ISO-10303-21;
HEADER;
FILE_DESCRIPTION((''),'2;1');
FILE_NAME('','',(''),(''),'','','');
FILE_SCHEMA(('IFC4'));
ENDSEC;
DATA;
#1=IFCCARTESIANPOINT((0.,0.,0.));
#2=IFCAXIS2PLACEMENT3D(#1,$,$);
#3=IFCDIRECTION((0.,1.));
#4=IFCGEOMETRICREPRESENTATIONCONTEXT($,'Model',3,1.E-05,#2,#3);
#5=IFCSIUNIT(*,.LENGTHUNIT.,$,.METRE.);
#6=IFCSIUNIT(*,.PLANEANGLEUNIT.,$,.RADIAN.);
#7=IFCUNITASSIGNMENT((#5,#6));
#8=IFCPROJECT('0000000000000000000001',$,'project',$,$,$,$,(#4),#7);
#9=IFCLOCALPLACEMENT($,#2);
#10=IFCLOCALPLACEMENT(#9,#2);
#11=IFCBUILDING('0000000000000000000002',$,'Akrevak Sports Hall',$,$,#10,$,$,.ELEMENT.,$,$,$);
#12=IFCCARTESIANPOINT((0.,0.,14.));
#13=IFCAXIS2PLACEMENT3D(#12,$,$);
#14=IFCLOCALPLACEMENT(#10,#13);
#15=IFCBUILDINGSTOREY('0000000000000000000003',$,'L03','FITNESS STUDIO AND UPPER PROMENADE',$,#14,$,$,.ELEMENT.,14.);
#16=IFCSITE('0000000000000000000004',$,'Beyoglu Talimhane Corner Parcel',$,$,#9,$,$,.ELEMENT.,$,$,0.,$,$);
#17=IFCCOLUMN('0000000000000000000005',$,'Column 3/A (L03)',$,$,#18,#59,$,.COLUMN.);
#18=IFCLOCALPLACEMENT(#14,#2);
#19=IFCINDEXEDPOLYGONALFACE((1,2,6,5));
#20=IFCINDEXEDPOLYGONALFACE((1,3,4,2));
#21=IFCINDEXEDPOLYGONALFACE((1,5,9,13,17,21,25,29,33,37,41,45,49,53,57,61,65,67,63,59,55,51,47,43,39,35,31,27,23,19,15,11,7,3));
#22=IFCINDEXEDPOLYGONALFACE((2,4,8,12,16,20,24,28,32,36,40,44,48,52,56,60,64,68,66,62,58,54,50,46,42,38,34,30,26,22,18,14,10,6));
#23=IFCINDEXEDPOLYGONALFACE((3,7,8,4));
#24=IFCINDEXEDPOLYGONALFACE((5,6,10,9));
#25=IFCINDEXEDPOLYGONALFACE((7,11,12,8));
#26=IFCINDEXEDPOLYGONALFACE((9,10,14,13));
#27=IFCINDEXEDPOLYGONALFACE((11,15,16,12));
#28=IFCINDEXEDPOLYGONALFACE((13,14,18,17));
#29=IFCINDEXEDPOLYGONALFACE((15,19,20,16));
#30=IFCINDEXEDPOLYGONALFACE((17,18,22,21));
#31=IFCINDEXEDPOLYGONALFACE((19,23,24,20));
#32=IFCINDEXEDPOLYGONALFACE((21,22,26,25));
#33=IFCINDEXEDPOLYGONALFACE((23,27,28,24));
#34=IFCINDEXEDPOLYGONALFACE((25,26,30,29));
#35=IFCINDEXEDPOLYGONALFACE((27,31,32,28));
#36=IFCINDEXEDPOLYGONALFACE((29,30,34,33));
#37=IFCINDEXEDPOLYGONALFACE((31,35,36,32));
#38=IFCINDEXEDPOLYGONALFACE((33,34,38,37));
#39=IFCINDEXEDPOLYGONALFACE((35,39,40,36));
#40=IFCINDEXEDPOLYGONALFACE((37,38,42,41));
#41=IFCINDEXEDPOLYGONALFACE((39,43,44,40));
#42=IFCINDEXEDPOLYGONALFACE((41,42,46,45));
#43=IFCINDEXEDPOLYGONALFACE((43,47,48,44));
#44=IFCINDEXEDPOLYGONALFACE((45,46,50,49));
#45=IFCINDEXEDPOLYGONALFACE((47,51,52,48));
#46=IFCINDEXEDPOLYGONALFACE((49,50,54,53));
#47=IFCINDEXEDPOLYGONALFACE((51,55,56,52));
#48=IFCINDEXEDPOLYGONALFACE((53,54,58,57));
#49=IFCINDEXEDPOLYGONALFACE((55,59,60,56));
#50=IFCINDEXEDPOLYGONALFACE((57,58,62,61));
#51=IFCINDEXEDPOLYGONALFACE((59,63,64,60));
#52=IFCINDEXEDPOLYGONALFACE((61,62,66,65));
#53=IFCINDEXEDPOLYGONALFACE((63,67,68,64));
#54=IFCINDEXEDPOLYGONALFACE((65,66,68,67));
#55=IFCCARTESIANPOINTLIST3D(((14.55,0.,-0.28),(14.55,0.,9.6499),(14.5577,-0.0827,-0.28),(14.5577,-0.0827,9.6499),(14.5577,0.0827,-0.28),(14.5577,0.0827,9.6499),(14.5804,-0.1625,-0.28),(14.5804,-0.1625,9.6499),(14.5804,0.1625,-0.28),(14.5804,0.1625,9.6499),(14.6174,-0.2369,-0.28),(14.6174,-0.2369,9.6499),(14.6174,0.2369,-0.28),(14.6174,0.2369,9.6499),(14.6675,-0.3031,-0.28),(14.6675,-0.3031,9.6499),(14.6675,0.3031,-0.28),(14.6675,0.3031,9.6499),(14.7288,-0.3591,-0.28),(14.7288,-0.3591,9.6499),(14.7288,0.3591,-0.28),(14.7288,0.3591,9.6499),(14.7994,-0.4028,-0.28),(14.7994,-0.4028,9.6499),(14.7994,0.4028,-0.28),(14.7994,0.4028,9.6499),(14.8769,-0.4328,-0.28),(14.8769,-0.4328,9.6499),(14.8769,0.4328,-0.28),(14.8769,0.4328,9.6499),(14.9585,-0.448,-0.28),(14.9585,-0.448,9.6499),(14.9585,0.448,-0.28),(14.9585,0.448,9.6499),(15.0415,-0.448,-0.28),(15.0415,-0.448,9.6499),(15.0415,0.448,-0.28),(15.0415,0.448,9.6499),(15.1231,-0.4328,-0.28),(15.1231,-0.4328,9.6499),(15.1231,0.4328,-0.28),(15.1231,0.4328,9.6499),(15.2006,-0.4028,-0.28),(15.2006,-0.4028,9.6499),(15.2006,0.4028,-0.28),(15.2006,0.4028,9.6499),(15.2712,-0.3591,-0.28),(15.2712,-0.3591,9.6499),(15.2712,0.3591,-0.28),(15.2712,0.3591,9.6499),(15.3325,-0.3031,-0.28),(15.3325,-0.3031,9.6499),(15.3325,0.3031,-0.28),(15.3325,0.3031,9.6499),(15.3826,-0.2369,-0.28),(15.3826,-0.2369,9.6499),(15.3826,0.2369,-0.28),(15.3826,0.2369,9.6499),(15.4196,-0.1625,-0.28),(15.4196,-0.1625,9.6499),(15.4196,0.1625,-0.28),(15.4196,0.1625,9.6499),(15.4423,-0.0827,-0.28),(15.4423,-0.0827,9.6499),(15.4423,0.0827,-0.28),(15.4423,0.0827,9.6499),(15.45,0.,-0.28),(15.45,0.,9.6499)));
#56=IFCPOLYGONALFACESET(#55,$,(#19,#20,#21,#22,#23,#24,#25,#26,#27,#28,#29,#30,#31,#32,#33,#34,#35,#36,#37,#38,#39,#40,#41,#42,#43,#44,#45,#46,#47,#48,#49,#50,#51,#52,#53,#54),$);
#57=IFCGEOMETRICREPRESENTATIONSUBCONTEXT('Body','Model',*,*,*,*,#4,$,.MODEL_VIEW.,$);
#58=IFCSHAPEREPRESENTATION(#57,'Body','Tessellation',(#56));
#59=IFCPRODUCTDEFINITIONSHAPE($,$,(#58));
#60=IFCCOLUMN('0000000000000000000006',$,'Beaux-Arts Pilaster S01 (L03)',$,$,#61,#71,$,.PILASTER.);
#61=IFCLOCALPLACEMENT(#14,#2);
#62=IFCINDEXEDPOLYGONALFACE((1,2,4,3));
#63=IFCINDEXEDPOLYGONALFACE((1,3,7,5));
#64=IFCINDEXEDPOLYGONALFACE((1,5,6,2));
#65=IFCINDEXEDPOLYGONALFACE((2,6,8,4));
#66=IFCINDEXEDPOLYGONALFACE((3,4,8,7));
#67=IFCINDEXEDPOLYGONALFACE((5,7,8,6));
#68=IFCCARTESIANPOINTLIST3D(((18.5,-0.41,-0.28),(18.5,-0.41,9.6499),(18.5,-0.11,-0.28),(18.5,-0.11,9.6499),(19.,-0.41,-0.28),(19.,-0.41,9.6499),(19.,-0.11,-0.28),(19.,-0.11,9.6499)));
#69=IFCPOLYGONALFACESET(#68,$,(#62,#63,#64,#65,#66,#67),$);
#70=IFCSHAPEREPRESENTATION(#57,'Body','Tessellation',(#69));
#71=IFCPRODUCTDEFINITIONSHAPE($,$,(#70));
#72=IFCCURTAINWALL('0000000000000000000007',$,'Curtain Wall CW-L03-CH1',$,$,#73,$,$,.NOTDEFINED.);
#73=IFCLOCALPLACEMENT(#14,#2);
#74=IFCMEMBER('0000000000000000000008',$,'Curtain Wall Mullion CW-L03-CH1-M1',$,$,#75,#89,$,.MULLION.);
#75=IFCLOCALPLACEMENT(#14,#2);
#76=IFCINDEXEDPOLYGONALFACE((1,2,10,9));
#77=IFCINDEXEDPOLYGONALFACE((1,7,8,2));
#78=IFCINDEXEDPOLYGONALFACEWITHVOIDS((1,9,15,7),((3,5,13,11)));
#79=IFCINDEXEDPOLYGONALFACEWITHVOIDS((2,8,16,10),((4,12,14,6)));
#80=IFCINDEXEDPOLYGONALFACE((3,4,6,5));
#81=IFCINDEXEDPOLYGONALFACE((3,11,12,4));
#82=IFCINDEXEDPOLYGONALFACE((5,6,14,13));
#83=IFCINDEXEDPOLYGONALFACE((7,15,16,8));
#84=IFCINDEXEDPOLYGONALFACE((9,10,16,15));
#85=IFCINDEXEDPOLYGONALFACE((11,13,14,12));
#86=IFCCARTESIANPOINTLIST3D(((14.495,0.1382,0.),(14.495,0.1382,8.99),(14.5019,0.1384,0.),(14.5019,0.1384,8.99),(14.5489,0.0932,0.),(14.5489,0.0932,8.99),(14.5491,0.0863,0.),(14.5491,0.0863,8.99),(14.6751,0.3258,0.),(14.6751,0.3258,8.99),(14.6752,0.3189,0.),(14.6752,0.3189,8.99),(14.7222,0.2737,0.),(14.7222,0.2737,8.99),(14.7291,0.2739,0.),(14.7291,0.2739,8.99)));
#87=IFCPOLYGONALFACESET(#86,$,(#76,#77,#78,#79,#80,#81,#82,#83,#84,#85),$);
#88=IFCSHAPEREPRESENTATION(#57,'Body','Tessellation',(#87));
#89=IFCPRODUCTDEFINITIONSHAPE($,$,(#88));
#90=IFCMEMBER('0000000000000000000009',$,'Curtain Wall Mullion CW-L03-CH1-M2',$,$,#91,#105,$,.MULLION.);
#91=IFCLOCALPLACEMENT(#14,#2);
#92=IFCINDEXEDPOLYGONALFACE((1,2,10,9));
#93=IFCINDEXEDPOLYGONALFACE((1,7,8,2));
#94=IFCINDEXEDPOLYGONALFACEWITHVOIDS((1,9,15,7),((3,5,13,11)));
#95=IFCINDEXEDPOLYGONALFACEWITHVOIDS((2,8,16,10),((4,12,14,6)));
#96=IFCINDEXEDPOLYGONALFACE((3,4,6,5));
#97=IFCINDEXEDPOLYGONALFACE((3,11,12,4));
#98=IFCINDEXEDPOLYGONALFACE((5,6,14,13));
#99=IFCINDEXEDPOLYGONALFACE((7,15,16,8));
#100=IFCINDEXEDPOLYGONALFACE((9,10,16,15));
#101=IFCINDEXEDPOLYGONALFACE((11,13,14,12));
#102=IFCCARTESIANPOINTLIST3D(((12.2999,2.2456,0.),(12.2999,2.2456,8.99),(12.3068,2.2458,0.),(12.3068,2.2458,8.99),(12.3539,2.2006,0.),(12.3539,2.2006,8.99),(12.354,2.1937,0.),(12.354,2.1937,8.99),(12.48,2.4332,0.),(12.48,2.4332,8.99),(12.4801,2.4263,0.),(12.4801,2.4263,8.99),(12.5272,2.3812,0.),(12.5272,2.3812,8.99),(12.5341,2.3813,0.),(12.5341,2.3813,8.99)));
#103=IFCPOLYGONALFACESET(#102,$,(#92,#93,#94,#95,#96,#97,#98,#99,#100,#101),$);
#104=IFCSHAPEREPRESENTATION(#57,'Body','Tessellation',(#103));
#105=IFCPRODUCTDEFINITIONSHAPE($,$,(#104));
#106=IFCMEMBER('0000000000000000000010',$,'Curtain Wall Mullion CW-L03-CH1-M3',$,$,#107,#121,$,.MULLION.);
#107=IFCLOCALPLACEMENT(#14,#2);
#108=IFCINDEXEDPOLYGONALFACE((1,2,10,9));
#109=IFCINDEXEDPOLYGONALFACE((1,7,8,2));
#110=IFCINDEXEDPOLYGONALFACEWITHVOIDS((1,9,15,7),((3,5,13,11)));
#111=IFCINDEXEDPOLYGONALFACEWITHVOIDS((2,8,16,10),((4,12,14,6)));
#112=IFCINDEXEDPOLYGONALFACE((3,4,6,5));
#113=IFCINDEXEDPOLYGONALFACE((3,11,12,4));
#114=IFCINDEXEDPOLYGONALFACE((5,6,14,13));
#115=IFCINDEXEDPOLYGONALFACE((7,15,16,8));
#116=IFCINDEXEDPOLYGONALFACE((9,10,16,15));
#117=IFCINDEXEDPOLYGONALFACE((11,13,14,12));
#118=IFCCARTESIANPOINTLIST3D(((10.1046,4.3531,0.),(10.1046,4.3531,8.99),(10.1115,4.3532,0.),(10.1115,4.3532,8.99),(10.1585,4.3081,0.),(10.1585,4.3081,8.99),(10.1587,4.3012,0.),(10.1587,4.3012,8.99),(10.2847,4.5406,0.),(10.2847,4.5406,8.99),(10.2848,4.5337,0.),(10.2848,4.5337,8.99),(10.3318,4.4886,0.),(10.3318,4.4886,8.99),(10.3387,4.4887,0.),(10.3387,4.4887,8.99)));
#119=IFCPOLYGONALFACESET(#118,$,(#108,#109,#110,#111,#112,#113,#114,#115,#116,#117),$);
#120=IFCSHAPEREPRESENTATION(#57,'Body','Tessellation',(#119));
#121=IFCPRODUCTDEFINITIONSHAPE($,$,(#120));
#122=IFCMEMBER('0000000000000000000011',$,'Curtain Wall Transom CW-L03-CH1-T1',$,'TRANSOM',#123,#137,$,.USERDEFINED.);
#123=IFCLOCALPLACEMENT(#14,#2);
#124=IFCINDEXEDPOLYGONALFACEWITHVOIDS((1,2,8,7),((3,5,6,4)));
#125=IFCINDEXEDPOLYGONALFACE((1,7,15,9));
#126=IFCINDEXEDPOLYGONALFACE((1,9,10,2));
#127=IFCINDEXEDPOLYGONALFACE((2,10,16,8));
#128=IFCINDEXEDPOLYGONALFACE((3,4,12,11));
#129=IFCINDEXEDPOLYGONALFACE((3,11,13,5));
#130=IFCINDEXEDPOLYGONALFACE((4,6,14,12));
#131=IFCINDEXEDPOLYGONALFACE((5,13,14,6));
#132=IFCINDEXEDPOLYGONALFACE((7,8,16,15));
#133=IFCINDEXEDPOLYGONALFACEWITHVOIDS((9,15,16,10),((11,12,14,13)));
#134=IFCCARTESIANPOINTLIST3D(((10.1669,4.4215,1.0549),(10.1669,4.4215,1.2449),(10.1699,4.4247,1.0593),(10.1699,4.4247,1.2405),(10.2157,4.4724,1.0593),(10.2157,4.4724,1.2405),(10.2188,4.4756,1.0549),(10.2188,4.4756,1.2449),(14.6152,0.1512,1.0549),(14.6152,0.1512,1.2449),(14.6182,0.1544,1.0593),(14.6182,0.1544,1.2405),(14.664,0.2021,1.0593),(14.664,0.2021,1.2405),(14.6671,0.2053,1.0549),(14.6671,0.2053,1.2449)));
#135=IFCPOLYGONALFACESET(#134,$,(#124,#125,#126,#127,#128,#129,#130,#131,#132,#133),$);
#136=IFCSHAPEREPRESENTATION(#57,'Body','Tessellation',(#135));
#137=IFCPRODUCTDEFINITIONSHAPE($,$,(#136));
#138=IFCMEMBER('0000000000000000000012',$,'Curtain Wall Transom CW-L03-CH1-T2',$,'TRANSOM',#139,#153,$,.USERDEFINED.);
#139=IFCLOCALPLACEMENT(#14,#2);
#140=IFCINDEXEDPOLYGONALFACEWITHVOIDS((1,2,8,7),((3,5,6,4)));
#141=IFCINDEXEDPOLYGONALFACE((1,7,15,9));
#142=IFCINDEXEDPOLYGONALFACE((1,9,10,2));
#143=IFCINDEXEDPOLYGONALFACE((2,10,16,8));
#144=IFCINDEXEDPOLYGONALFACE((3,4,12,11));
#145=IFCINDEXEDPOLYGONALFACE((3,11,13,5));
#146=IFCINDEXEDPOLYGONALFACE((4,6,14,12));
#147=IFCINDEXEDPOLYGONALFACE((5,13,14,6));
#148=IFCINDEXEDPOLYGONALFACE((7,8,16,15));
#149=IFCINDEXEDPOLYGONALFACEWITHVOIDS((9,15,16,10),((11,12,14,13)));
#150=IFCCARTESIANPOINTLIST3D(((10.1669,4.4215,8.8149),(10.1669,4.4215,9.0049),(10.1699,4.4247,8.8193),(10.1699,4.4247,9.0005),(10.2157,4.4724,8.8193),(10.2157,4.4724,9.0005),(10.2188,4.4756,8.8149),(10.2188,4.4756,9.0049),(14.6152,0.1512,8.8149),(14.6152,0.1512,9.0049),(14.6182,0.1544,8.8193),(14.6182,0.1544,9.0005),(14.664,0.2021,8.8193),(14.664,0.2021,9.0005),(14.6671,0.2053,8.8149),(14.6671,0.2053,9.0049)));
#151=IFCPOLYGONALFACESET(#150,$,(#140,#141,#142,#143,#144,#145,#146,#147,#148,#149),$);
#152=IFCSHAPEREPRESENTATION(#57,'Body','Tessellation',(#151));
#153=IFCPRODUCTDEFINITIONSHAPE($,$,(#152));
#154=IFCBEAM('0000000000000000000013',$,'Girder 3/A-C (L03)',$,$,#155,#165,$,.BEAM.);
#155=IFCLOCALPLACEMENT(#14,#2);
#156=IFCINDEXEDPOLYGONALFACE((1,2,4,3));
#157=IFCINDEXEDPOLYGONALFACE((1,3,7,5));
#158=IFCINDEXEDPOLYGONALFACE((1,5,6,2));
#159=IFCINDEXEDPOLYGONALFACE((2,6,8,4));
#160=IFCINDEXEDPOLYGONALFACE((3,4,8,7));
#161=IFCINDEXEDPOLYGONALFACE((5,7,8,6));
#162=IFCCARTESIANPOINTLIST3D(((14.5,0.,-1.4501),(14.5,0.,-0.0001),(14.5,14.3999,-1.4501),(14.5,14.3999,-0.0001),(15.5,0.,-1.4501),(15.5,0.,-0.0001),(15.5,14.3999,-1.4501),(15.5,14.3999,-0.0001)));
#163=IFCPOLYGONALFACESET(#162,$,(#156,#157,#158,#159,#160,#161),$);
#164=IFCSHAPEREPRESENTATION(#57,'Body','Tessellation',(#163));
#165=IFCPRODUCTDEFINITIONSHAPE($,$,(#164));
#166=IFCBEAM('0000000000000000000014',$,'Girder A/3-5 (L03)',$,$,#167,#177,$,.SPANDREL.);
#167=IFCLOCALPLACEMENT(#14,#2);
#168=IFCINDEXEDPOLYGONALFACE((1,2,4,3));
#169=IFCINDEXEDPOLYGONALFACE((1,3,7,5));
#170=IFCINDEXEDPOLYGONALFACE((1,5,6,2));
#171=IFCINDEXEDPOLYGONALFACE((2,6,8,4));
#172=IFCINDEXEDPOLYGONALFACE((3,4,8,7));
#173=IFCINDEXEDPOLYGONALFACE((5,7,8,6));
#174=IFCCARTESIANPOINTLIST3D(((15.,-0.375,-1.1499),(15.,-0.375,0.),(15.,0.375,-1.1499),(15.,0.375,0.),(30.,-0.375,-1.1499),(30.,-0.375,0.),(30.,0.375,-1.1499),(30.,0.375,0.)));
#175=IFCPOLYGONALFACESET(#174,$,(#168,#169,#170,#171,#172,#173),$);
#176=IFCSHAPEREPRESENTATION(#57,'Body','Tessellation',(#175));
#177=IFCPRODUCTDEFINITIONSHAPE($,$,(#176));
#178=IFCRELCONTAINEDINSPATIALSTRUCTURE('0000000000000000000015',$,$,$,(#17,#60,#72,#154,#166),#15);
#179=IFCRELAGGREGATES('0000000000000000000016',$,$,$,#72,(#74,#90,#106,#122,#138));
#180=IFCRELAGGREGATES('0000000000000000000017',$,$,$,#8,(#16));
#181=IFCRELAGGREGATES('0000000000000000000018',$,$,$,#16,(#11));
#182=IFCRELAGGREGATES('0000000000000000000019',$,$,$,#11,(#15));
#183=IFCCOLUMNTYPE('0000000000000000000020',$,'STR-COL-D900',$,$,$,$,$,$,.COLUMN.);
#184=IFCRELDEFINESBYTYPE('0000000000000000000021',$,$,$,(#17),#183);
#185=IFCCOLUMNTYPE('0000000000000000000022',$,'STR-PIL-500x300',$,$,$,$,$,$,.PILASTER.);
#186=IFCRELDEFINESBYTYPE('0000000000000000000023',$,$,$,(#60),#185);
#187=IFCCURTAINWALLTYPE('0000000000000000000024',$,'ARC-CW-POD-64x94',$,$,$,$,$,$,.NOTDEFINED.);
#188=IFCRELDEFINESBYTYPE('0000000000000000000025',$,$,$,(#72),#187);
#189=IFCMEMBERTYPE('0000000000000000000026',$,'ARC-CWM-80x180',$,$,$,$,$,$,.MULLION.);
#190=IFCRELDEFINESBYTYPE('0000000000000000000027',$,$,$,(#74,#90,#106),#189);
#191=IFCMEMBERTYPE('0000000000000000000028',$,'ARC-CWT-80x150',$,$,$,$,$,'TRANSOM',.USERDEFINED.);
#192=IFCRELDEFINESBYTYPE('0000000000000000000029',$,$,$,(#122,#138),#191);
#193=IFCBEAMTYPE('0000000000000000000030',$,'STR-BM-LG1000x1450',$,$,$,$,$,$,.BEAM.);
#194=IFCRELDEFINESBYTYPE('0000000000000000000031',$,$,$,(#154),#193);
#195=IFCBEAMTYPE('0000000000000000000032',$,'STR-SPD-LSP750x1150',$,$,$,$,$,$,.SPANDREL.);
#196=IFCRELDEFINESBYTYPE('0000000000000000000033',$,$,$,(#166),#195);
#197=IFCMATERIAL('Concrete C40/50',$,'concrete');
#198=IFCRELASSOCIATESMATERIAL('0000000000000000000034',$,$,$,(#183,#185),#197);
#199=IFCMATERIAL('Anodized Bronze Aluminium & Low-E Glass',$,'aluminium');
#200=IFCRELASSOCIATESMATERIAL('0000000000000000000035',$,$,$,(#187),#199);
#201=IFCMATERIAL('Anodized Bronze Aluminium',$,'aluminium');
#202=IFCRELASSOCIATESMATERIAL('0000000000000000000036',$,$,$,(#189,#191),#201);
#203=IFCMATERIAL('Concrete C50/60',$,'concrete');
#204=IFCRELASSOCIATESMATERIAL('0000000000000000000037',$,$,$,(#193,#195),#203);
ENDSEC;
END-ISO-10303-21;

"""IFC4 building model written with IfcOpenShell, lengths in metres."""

from ifc_helpers import new_model, si_unit, direction, frame, origin, origin_2d, place, context, subcontext, project, spatial, rectangle, hollow_rectangle, circle, extrude, material, material_profile, profile_set, type_object, element, aggregate, save


model = new_model("IFC4")

# Units and contexts
model_context = context("Model", 3, precision=1e-05, world=origin(), true_north=direction((0.0, 1.0)))
body_context = subcontext(model_context, "Body", "Model", "MODEL_VIEW")
ifc_project = project(units=[si_unit("LENGTHUNIT", "METRE"), si_unit("PLANEANGLEUNIT", "RADIAN")], contexts=[model_context])

# Site, building, storey
site_placement = place(None, origin())
site = spatial("IfcSite", under=ifc_project, at=site_placement, Name="Beyoglu Talimhane Corner Parcel", CompositionType="ELEMENT", RefElevation=0.0)
building_placement = place(site_placement, origin())
building = spatial("IfcBuilding", under=site, at=building_placement, Name="Akrevak Sports Hall", CompositionType="ELEMENT")
storey_placement = place(building_placement, frame((0.0, 0.0, 14.0)))
storey = spatial("IfcBuildingStorey", under=building, at=storey_placement, Name="L03", Description="FITNESS STUDIO AND UPPER PROMENADE", CompositionType="ELEMENT", Elevation=14.0)

# Columns
ifc_material_1 = material(Name="Concrete C40/50", Category="concrete")
ifc_material_profile_1 = material_profile(ifc_material_1, circle(Radius=0.45, at=origin_2d()), Name="COL D900", Category="concrete")
ifc_profile_set_1 = profile_set([ifc_material_profile_1], Name="Concrete C40/50")
column_type_1 = type_object("IfcColumnType", Name="STR-COL-D900", PredefinedType="COLUMN", material=ifc_profile_set_1)
column_1_placement = place(storey_placement, frame((15.0, 0.0, -0.28), z_axis=(0.0, 0.0, 1.0), x_axis=(1.0, 0.0, 0.0)))
element("IfcColumn", 1, at=column_1_placement, inside=storey, type_object=column_type_1, Name="Column 3/A (L03)", PredefinedType="COLUMN", context=body_context, shape_type="SweptSolid", body=[
    extrude(circle(Radius=0.45, at=origin_2d()), origin(), (0.0, 0.0, 1.0), 9.9299),
])
ifc_material_profile_2 = material_profile(ifc_material_1, rectangle(XDim=0.5, YDim=0.3, at=origin_2d()), Name="PIL 500x300", Category="concrete")
ifc_profile_set_2 = profile_set([ifc_material_profile_2], Name="Concrete C40/50")
column_type_2 = type_object("IfcColumnType", Name="STR-PIL-500x300", PredefinedType="PILASTER", material=ifc_profile_set_2)
column_2_placement = place(storey_placement, frame((18.75, -0.26, -0.28), z_axis=(0.0, 0.0, 1.0), x_axis=(1.0, 0.0, 0.0)))
element("IfcColumn", 2, at=column_2_placement, inside=storey, type_object=column_type_2, Name="Beaux-Arts Pilaster S01 (L03)", PredefinedType="PILASTER", context=body_context, shape_type="SweptSolid", body=[
    extrude(rectangle(XDim=0.5, YDim=0.3, at=origin_2d()), origin(), (0.0, 0.0, 1.0), 9.9299),
])

# Curtain wall, members
ifc_material_2 = material(Name="Anodized Bronze Aluminium & Low-E Glass", Category="aluminium")
curtain_wall_type = type_object("IfcCurtainWallType", Name="ARC-CW-POD-64x94", PredefinedType="NOTDEFINED", material=ifc_material_2)
curtain_wall_placement = place(storey_placement, origin())
curtain_wall = element("IfcCurtainWall", 3, at=curtain_wall_placement, inside=storey, type_object=curtain_wall_type, Name="Curtain Wall CW-L03-CH1", PredefinedType="NOTDEFINED")
ifc_material_3 = material(Name="Anodized Bronze Aluminium", Category="aluminium")
ifc_material_profile_3 = material_profile(ifc_material_3, hollow_rectangle(XDim=0.075, YDim=0.26, WallThickness=0.0049, at=origin_2d()), Name="CWM 75x260", Category="aluminium")
ifc_profile_set_3 = profile_set([ifc_material_profile_3], Name="Anodized Bronze Aluminium")
member_type_1 = type_object("IfcMemberType", Name="ARC-CWM-80x180", PredefinedType="MULLION", material=ifc_profile_set_3)
member_1_placement = place(storey_placement, frame((14.6121, 0.2061, 0.0), z_axis=(0.0, 0.0, 1.0), x_axis=(-0.721398, 0.692521, 0.0)))
member_1 = element("IfcMember", 4, at=member_1_placement, type_object=member_type_1, Name="Curtain Wall Mullion CW-L03-CH1-M1", PredefinedType="MULLION", context=body_context, shape_type="SweptSolid", body=[
    extrude(hollow_rectangle(XDim=0.075, YDim=0.26, WallThickness=0.0049, at=origin_2d()), origin(), (0.0, 0.0, 1.0), 8.99),
])
member_2_placement = place(storey_placement, frame((12.417, 2.3135, 0.0), z_axis=(0.0, 0.0, 1.0), x_axis=(-0.721398, 0.692521, 0.0)))
member_2 = element("IfcMember", 5, at=member_2_placement, type_object=member_type_1, Name="Curtain Wall Mullion CW-L03-CH1-M2", PredefinedType="MULLION", context=body_context, shape_type="SweptSolid", body=[
    extrude(hollow_rectangle(XDim=0.075, YDim=0.26, WallThickness=0.0049, at=origin_2d()), origin(), (0.0, 0.0, 1.0), 8.99),
])
member_3_placement = place(storey_placement, frame((10.2217, 4.4209, 0.0), z_axis=(0.0, 0.0, 1.0), x_axis=(-0.721398, 0.692521, 0.0)))
member_3 = element("IfcMember", 6, at=member_3_placement, type_object=member_type_1, Name="Curtain Wall Mullion CW-L03-CH1-M3", PredefinedType="MULLION", context=body_context, shape_type="SweptSolid", body=[
    extrude(hollow_rectangle(XDim=0.075, YDim=0.26, WallThickness=0.0049, at=origin_2d()), origin(), (0.0, 0.0, 1.0), 8.99),
])
ifc_material_profile_4 = material_profile(ifc_material_3, hollow_rectangle(XDim=0.075, YDim=0.1899, WallThickness=0.0044, at=origin_2d()), Name="CWT 75x190", Category="aluminium")
ifc_profile_set_4 = profile_set([ifc_material_profile_4], Name="Anodized Bronze Aluminium")
member_type_2 = type_object("IfcMemberType", Name="ARC-CWT-80x150", ElementType="TRANSOM", PredefinedType="USERDEFINED", material=ifc_profile_set_4)
member_4_placement = place(storey_placement, frame((14.6411, 0.1782, 1.1499), z_axis=(-0.721391, 0.692528, 0.0), x_axis=(-0.692528, -0.721391, 0.0)))
member_4 = element("IfcMember", 7, at=member_4_placement, type_object=member_type_2, Name="Curtain Wall Transom CW-L03-CH1-T1", ObjectType="TRANSOM", PredefinedType="USERDEFINED", context=body_context, shape_type="SweptSolid", body=[
    extrude(hollow_rectangle(XDim=0.075, YDim=0.1899, WallThickness=0.0044, at=origin_2d()), origin(), (0.0, 0.0, 1.0), 6.1663),
])
member_5_placement = place(storey_placement, frame((14.6411, 0.1782, 8.9099), z_axis=(-0.721391, 0.692528, 0.0), x_axis=(-0.692528, -0.721391, 0.0)))
member_5 = element("IfcMember", 8, at=member_5_placement, type_object=member_type_2, Name="Curtain Wall Transom CW-L03-CH1-T2", ObjectType="TRANSOM", PredefinedType="USERDEFINED", context=body_context, shape_type="SweptSolid", body=[
    extrude(hollow_rectangle(XDim=0.075, YDim=0.1899, WallThickness=0.0044, at=origin_2d()), origin(), (0.0, 0.0, 1.0), 6.1663),
])

# Beams
ifc_material_4 = material(Name="Concrete C50/60", Category="concrete")
ifc_material_profile_5 = material_profile(ifc_material_4, rectangle(XDim=1.0, YDim=1.45, at=origin_2d()), Name="BM 1000x1450", Category="concrete")
ifc_profile_set_5 = profile_set([ifc_material_profile_5], Name="Concrete C50/60")
beam_type_1 = type_object("IfcBeamType", Name="STR-BM-LG1000x1450", PredefinedType="BEAM", material=ifc_profile_set_5)
beam_1_placement = place(storey_placement, frame((15.0, 0.0, -0.7251), z_axis=(0.0, 1.0, 0.0), x_axis=(-1.0, 0.0, 0.0)))
element("IfcBeam", 9, at=beam_1_placement, inside=storey, type_object=beam_type_1, Name="Girder 3/A-C (L03)", PredefinedType="BEAM", context=body_context, shape_type="SweptSolid", body=[
    extrude(rectangle(XDim=1.0, YDim=1.45, at=origin_2d()), origin(), (0.0, 0.0, 1.0), 14.3999),
])
ifc_material_profile_6 = material_profile(ifc_material_4, rectangle(XDim=0.75, YDim=1.1499, at=origin_2d()), Name="SPD 750x1150", Category="concrete")
ifc_profile_set_6 = profile_set([ifc_material_profile_6], Name="Concrete C50/60")
beam_type_2 = type_object("IfcBeamType", Name="STR-SPD-LSP750x1150", PredefinedType="SPANDREL", material=ifc_profile_set_6)
beam_2_placement = place(storey_placement, frame((15.0, 0.0, -0.575), z_axis=(1.0, 0.0, 0.0), x_axis=(0.0, 1.0, 0.0)))
element("IfcBeam", 10, at=beam_2_placement, inside=storey, type_object=beam_type_2, Name="Girder A/3-5 (L03)", PredefinedType="SPANDREL", context=body_context, shape_type="SweptSolid", body=[
    extrude(rectangle(XDim=0.75, YDim=1.1499, at=origin_2d()), origin(), (0.0, 0.0, 1.0), 15.0),
])

aggregate(curtain_wall, [member_1, member_2, member_3, member_4, member_5])

save(model, "model.ifc")
